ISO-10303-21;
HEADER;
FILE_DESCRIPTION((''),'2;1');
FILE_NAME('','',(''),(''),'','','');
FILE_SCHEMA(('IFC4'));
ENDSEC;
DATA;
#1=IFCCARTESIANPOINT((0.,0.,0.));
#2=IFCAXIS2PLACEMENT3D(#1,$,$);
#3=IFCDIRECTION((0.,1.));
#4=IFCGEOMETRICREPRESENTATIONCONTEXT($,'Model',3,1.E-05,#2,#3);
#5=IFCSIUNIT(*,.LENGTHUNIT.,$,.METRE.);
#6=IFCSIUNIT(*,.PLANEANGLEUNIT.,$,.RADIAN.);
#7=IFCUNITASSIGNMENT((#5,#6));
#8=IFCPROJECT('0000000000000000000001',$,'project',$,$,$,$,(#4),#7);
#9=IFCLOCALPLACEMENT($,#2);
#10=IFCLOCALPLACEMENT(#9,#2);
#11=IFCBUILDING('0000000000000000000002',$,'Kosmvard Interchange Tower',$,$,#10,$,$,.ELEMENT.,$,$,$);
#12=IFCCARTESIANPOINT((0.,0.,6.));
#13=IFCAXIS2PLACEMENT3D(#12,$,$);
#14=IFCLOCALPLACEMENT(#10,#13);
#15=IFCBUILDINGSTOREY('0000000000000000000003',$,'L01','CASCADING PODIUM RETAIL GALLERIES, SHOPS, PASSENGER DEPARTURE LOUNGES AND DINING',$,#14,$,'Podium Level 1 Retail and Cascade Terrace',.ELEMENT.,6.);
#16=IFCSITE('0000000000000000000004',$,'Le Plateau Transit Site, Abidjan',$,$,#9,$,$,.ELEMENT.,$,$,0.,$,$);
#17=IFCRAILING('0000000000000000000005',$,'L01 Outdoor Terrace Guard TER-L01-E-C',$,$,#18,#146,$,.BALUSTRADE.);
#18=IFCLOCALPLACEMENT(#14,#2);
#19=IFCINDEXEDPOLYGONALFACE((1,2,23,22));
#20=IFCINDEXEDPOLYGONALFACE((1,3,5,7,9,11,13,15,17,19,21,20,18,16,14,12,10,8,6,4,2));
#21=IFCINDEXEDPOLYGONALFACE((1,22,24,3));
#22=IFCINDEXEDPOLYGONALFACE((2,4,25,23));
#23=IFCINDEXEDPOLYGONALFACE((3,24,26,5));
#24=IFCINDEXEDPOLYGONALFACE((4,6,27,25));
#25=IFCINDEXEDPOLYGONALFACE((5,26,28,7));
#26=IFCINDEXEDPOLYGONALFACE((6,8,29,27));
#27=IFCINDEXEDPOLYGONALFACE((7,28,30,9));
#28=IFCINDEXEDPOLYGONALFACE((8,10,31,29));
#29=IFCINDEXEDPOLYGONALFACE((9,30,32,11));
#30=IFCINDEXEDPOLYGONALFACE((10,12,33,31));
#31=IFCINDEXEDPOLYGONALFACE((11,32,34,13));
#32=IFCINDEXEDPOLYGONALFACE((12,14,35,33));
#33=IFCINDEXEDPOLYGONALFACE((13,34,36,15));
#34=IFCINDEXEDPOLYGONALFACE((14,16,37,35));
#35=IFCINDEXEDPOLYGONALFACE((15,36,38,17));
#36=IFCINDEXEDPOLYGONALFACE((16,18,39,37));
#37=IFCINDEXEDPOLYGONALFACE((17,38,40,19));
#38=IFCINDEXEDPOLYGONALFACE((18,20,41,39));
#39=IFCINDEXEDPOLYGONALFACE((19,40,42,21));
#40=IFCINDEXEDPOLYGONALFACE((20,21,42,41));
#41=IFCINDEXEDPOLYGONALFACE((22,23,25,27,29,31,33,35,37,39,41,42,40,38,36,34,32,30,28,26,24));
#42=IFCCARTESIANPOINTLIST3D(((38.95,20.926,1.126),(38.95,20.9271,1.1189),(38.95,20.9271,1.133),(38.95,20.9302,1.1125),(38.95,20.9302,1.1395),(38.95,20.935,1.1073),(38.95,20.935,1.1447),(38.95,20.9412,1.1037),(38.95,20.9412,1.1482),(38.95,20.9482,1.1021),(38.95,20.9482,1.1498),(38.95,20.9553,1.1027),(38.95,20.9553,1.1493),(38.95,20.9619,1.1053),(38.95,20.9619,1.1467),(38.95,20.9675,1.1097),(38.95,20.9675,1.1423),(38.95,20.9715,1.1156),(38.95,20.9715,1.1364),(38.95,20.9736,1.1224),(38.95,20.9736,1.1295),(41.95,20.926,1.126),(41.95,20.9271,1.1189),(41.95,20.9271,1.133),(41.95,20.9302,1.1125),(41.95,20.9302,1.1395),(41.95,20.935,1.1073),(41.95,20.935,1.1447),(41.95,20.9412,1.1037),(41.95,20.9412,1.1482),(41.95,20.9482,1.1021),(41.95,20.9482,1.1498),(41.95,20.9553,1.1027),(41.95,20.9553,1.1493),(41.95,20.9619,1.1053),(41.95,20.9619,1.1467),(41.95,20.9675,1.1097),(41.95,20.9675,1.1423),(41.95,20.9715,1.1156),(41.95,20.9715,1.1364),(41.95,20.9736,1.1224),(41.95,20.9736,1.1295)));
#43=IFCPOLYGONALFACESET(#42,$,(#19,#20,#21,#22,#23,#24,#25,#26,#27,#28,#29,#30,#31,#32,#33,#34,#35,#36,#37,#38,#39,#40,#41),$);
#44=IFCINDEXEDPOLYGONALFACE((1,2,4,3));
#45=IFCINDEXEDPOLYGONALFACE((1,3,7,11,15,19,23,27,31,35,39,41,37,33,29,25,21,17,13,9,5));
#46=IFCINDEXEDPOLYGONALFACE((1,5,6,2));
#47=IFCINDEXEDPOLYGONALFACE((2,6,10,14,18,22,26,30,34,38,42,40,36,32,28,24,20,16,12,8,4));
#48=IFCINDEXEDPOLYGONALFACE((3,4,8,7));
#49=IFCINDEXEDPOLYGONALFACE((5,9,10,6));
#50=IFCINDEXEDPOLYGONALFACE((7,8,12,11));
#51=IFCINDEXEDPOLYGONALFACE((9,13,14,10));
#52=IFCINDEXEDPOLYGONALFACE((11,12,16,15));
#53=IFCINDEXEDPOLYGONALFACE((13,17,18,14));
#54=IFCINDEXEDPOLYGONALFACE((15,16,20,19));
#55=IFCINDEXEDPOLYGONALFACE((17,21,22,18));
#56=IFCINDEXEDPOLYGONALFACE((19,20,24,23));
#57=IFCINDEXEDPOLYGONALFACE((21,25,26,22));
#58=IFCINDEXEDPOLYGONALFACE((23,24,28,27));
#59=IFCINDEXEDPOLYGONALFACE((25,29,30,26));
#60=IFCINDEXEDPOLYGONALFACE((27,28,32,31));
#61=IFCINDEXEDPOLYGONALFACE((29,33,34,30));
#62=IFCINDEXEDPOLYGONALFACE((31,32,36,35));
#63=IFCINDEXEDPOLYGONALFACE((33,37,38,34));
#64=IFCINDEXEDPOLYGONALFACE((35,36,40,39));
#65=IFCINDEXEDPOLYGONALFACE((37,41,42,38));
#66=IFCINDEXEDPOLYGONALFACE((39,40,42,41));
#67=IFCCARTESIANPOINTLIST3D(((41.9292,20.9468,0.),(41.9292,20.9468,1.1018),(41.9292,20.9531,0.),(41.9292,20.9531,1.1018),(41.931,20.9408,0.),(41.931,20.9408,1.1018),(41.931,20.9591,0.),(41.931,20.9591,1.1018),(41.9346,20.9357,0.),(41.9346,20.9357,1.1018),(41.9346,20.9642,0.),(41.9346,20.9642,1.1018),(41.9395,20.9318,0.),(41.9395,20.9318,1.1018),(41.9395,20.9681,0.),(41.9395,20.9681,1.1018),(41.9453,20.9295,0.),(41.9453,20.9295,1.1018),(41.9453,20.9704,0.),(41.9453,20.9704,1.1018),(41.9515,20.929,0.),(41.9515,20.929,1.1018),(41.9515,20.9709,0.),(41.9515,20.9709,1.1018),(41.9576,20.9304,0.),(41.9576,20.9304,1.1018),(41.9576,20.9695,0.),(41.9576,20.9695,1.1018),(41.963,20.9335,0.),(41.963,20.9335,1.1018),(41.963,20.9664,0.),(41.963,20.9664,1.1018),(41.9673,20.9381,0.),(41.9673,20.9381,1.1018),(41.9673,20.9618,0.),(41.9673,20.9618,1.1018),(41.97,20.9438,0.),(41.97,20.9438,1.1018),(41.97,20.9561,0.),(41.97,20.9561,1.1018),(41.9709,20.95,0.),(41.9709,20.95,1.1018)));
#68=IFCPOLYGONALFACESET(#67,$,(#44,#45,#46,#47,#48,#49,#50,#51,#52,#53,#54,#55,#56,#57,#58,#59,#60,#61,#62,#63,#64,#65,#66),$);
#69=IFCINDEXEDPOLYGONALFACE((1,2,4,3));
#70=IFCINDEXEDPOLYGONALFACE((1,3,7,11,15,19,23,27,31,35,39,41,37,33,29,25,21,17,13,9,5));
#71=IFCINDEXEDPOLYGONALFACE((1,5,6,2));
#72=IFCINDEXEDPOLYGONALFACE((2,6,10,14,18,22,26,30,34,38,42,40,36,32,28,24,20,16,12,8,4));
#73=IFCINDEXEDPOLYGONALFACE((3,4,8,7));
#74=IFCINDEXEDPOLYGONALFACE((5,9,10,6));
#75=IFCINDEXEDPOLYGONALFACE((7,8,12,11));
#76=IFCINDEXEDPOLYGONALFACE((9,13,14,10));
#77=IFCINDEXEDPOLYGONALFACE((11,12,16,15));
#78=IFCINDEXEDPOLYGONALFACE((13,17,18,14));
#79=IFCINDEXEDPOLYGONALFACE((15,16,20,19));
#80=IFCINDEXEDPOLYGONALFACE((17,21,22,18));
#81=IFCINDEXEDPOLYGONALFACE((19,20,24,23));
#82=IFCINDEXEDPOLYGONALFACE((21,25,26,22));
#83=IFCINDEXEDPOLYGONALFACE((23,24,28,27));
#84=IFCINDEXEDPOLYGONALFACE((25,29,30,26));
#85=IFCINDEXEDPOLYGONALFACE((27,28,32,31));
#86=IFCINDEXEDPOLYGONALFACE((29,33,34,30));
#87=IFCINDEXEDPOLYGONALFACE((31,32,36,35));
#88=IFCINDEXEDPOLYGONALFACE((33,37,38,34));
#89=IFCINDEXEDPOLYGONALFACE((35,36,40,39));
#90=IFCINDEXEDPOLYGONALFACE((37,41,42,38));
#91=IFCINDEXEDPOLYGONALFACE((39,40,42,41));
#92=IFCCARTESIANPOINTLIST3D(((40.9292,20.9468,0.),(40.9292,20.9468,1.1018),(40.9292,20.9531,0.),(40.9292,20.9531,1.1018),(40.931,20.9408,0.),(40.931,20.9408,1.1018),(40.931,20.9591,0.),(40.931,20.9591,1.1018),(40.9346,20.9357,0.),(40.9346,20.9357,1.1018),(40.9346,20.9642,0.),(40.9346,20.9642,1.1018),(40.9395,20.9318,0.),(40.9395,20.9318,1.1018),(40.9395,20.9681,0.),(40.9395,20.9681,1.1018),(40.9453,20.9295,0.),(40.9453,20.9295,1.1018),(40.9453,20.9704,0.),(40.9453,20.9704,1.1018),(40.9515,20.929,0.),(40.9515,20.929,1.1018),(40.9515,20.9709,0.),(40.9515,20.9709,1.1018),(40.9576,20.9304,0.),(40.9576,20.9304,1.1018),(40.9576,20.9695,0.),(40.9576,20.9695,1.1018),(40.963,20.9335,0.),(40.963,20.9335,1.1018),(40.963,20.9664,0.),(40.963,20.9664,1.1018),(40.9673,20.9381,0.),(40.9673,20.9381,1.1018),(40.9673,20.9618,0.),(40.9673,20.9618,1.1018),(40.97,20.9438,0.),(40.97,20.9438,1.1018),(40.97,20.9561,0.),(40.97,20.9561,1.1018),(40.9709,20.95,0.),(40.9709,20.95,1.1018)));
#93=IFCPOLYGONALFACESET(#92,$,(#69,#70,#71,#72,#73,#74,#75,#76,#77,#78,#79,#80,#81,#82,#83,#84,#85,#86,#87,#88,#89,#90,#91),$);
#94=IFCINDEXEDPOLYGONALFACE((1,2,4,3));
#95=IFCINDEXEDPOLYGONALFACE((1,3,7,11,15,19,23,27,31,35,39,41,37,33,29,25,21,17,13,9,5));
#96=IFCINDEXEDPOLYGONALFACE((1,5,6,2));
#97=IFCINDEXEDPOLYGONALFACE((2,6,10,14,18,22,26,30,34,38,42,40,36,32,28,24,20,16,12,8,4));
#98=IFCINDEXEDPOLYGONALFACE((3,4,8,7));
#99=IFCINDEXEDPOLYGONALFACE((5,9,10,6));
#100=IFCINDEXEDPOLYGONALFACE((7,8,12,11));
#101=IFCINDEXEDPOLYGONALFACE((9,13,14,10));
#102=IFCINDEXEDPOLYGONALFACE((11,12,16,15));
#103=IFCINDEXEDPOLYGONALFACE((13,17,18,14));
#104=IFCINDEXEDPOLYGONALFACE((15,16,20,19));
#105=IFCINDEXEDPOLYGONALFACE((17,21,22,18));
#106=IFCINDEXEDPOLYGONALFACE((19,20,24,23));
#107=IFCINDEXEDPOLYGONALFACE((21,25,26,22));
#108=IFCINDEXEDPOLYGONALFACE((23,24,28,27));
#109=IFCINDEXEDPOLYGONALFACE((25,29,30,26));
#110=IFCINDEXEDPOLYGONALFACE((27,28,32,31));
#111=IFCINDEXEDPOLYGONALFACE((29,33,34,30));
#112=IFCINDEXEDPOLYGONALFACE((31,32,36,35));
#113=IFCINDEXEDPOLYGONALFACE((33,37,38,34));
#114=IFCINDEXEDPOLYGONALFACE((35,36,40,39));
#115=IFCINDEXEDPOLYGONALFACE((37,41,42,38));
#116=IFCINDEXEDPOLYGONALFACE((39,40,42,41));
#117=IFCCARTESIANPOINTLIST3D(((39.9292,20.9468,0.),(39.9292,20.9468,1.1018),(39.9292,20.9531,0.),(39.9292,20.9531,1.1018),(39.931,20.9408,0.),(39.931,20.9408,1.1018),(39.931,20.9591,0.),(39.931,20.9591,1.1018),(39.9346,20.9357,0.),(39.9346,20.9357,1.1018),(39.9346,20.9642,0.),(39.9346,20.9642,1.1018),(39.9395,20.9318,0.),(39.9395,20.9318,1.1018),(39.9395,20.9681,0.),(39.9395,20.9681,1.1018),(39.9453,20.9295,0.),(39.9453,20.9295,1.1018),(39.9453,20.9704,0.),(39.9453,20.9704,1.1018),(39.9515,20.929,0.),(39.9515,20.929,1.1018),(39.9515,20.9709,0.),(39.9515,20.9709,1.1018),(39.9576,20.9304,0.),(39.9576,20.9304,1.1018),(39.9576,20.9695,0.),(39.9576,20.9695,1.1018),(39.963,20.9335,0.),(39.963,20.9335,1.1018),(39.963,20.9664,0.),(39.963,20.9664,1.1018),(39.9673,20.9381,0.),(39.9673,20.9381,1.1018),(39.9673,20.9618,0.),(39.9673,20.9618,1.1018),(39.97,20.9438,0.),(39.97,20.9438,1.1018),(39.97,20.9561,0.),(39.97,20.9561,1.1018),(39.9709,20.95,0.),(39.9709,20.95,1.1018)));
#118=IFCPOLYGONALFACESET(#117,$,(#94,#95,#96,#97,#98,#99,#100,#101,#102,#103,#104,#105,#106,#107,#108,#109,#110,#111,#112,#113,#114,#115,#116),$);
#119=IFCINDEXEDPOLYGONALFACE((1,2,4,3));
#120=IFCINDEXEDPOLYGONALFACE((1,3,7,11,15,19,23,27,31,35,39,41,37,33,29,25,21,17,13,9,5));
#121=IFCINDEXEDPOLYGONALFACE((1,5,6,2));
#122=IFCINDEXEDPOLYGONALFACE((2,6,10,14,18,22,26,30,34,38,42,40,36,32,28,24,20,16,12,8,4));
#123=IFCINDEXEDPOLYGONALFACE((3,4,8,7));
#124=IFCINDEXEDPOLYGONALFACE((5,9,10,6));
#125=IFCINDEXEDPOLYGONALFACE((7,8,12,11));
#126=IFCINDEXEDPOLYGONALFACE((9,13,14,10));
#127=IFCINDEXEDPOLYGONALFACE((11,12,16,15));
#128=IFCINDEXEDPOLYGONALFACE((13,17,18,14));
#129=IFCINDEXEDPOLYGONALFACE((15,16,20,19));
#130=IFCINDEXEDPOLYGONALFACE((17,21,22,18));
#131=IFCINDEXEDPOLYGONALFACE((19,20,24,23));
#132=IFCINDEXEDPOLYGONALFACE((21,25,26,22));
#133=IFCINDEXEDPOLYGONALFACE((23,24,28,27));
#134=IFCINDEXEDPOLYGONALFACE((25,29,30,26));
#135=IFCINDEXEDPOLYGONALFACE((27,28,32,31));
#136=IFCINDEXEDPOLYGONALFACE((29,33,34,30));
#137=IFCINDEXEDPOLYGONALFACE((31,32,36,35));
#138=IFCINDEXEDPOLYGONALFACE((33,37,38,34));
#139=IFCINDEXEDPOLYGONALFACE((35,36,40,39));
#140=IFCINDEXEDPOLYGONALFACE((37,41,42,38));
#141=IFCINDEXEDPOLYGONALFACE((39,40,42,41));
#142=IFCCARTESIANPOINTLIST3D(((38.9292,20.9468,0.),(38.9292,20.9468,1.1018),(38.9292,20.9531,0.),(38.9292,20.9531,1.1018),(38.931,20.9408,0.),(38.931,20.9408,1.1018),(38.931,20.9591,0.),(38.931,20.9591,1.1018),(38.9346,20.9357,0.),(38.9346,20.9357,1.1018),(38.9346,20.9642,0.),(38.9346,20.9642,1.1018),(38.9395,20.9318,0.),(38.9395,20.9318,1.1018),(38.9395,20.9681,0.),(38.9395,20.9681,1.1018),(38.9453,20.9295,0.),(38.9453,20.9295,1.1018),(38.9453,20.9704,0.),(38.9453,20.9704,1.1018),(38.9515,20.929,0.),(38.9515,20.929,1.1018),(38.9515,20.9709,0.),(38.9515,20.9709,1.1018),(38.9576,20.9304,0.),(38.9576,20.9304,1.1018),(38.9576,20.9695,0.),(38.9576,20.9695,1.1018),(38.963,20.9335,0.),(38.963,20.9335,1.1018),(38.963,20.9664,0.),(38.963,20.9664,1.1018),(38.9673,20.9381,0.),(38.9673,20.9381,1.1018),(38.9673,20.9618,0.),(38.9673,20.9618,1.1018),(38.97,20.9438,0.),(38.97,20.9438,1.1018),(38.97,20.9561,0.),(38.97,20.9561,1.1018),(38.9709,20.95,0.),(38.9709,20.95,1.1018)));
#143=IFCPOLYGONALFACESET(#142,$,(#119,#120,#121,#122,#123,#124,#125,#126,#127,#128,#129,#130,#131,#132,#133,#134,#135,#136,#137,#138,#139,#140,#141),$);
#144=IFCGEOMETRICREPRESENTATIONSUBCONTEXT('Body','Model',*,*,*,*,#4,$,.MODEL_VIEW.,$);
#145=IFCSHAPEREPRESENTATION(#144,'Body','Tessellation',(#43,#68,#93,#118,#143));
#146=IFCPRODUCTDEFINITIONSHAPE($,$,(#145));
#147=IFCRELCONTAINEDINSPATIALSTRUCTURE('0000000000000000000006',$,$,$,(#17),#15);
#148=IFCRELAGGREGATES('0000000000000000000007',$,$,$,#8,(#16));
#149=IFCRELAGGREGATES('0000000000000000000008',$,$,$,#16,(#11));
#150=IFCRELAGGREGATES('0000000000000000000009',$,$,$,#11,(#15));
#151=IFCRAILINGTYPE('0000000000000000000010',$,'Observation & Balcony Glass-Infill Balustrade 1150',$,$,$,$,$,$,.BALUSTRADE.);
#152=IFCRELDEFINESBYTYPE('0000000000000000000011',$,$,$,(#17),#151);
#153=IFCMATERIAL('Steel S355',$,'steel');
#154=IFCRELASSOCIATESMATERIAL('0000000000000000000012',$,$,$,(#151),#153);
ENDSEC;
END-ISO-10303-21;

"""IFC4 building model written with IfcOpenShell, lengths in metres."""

from ifc_helpers import new_model, si_unit, direction, frame, origin, origin_2d, place, context, subcontext, project, spatial, circle, extrude, source, transform, mapped, material, type_object, element, save


model = new_model("IFC4")

# Units and contexts
model_context = context("Model", 3, precision=1e-05, world=origin(), true_north=direction((0.0, 1.0)))
body_context = subcontext(model_context, "Body", "Model", "MODEL_VIEW")
ifc_project = project(units=[si_unit("LENGTHUNIT", "METRE"), si_unit("PLANEANGLEUNIT", "RADIAN")], contexts=[model_context])

# Site, building, storey
site_placement = place(None, origin())
site = spatial("IfcSite", under=ifc_project, at=site_placement, Name="Le Plateau Transit Site, Abidjan", CompositionType="ELEMENT", RefElevation=0.0)
building_placement = place(site_placement, origin())
building = spatial("IfcBuilding", under=site, at=building_placement, Name="Kosmvard Interchange Tower", CompositionType="ELEMENT")
storey_placement = place(building_placement, frame((0.0, 0.0, 6.0)))
storey = spatial("IfcBuildingStorey", under=building, at=storey_placement, Name="L01", Description="CASCADING PODIUM RETAIL GALLERIES, SHOPS, PASSENGER DEPARTURE LOUNGES AND DINING", LongName="Podium Level 1 Retail and Cascade Terrace", CompositionType="ELEMENT", Elevation=6.0)

# Shared definitions
ifc_material_1 = material(Name="Steel S355", Category="steel")

# Railing
railing_type_1 = type_object("IfcRailingType", Name="Observation & Balcony Glass-Infill Balustrade 1150", PredefinedType="BALUSTRADE", material=ifc_material_1)
shared_shape_1 = source(origin(), body_context, "Body", "SweptSolid", [
    extrude(circle(Radius=0.0239, at=origin_2d()), frame((0.0, 0.0, 1.126), z_axis=(-1.0, 0.0, 0.0), x_axis=(0.0, -1.0, 0.0)), (0.0, 0.0, 1.0), 3.0),
    extrude(circle(Radius=0.021, at=origin_2d()), origin(), (0.0, 0.0, 1.0), 1.1018),
    extrude(circle(Radius=0.021, at=origin_2d()), frame((-1.0, 0.0, 0.0)), (0.0, 0.0, 1.0), 1.1018),
    extrude(circle(Radius=0.021, at=origin_2d()), frame((-2.0, 0.0, 0.0)), (0.0, 0.0, 1.0), 1.1018),
    extrude(circle(Radius=0.021, at=origin_2d()), frame((-3.0, 0.0, 0.0)), (0.0, 0.0, 1.0), 1.1018),
])
railing_1_placement = place(storey_placement, frame((41.95, 20.95, 0.0)))
element("IfcRailing", 1, at=railing_1_placement, inside=storey, type_object=railing_type_1, Name="L01 Outdoor Terrace Guard TER-L01-E-C", PredefinedType="BALUSTRADE", context=body_context, shape_type="MappedRepresentation", body=[
    mapped(shared_shape_1, transform((0.0, 0.0, 0.0), scale=1.0)),
])

save(model, "model.ifc")
